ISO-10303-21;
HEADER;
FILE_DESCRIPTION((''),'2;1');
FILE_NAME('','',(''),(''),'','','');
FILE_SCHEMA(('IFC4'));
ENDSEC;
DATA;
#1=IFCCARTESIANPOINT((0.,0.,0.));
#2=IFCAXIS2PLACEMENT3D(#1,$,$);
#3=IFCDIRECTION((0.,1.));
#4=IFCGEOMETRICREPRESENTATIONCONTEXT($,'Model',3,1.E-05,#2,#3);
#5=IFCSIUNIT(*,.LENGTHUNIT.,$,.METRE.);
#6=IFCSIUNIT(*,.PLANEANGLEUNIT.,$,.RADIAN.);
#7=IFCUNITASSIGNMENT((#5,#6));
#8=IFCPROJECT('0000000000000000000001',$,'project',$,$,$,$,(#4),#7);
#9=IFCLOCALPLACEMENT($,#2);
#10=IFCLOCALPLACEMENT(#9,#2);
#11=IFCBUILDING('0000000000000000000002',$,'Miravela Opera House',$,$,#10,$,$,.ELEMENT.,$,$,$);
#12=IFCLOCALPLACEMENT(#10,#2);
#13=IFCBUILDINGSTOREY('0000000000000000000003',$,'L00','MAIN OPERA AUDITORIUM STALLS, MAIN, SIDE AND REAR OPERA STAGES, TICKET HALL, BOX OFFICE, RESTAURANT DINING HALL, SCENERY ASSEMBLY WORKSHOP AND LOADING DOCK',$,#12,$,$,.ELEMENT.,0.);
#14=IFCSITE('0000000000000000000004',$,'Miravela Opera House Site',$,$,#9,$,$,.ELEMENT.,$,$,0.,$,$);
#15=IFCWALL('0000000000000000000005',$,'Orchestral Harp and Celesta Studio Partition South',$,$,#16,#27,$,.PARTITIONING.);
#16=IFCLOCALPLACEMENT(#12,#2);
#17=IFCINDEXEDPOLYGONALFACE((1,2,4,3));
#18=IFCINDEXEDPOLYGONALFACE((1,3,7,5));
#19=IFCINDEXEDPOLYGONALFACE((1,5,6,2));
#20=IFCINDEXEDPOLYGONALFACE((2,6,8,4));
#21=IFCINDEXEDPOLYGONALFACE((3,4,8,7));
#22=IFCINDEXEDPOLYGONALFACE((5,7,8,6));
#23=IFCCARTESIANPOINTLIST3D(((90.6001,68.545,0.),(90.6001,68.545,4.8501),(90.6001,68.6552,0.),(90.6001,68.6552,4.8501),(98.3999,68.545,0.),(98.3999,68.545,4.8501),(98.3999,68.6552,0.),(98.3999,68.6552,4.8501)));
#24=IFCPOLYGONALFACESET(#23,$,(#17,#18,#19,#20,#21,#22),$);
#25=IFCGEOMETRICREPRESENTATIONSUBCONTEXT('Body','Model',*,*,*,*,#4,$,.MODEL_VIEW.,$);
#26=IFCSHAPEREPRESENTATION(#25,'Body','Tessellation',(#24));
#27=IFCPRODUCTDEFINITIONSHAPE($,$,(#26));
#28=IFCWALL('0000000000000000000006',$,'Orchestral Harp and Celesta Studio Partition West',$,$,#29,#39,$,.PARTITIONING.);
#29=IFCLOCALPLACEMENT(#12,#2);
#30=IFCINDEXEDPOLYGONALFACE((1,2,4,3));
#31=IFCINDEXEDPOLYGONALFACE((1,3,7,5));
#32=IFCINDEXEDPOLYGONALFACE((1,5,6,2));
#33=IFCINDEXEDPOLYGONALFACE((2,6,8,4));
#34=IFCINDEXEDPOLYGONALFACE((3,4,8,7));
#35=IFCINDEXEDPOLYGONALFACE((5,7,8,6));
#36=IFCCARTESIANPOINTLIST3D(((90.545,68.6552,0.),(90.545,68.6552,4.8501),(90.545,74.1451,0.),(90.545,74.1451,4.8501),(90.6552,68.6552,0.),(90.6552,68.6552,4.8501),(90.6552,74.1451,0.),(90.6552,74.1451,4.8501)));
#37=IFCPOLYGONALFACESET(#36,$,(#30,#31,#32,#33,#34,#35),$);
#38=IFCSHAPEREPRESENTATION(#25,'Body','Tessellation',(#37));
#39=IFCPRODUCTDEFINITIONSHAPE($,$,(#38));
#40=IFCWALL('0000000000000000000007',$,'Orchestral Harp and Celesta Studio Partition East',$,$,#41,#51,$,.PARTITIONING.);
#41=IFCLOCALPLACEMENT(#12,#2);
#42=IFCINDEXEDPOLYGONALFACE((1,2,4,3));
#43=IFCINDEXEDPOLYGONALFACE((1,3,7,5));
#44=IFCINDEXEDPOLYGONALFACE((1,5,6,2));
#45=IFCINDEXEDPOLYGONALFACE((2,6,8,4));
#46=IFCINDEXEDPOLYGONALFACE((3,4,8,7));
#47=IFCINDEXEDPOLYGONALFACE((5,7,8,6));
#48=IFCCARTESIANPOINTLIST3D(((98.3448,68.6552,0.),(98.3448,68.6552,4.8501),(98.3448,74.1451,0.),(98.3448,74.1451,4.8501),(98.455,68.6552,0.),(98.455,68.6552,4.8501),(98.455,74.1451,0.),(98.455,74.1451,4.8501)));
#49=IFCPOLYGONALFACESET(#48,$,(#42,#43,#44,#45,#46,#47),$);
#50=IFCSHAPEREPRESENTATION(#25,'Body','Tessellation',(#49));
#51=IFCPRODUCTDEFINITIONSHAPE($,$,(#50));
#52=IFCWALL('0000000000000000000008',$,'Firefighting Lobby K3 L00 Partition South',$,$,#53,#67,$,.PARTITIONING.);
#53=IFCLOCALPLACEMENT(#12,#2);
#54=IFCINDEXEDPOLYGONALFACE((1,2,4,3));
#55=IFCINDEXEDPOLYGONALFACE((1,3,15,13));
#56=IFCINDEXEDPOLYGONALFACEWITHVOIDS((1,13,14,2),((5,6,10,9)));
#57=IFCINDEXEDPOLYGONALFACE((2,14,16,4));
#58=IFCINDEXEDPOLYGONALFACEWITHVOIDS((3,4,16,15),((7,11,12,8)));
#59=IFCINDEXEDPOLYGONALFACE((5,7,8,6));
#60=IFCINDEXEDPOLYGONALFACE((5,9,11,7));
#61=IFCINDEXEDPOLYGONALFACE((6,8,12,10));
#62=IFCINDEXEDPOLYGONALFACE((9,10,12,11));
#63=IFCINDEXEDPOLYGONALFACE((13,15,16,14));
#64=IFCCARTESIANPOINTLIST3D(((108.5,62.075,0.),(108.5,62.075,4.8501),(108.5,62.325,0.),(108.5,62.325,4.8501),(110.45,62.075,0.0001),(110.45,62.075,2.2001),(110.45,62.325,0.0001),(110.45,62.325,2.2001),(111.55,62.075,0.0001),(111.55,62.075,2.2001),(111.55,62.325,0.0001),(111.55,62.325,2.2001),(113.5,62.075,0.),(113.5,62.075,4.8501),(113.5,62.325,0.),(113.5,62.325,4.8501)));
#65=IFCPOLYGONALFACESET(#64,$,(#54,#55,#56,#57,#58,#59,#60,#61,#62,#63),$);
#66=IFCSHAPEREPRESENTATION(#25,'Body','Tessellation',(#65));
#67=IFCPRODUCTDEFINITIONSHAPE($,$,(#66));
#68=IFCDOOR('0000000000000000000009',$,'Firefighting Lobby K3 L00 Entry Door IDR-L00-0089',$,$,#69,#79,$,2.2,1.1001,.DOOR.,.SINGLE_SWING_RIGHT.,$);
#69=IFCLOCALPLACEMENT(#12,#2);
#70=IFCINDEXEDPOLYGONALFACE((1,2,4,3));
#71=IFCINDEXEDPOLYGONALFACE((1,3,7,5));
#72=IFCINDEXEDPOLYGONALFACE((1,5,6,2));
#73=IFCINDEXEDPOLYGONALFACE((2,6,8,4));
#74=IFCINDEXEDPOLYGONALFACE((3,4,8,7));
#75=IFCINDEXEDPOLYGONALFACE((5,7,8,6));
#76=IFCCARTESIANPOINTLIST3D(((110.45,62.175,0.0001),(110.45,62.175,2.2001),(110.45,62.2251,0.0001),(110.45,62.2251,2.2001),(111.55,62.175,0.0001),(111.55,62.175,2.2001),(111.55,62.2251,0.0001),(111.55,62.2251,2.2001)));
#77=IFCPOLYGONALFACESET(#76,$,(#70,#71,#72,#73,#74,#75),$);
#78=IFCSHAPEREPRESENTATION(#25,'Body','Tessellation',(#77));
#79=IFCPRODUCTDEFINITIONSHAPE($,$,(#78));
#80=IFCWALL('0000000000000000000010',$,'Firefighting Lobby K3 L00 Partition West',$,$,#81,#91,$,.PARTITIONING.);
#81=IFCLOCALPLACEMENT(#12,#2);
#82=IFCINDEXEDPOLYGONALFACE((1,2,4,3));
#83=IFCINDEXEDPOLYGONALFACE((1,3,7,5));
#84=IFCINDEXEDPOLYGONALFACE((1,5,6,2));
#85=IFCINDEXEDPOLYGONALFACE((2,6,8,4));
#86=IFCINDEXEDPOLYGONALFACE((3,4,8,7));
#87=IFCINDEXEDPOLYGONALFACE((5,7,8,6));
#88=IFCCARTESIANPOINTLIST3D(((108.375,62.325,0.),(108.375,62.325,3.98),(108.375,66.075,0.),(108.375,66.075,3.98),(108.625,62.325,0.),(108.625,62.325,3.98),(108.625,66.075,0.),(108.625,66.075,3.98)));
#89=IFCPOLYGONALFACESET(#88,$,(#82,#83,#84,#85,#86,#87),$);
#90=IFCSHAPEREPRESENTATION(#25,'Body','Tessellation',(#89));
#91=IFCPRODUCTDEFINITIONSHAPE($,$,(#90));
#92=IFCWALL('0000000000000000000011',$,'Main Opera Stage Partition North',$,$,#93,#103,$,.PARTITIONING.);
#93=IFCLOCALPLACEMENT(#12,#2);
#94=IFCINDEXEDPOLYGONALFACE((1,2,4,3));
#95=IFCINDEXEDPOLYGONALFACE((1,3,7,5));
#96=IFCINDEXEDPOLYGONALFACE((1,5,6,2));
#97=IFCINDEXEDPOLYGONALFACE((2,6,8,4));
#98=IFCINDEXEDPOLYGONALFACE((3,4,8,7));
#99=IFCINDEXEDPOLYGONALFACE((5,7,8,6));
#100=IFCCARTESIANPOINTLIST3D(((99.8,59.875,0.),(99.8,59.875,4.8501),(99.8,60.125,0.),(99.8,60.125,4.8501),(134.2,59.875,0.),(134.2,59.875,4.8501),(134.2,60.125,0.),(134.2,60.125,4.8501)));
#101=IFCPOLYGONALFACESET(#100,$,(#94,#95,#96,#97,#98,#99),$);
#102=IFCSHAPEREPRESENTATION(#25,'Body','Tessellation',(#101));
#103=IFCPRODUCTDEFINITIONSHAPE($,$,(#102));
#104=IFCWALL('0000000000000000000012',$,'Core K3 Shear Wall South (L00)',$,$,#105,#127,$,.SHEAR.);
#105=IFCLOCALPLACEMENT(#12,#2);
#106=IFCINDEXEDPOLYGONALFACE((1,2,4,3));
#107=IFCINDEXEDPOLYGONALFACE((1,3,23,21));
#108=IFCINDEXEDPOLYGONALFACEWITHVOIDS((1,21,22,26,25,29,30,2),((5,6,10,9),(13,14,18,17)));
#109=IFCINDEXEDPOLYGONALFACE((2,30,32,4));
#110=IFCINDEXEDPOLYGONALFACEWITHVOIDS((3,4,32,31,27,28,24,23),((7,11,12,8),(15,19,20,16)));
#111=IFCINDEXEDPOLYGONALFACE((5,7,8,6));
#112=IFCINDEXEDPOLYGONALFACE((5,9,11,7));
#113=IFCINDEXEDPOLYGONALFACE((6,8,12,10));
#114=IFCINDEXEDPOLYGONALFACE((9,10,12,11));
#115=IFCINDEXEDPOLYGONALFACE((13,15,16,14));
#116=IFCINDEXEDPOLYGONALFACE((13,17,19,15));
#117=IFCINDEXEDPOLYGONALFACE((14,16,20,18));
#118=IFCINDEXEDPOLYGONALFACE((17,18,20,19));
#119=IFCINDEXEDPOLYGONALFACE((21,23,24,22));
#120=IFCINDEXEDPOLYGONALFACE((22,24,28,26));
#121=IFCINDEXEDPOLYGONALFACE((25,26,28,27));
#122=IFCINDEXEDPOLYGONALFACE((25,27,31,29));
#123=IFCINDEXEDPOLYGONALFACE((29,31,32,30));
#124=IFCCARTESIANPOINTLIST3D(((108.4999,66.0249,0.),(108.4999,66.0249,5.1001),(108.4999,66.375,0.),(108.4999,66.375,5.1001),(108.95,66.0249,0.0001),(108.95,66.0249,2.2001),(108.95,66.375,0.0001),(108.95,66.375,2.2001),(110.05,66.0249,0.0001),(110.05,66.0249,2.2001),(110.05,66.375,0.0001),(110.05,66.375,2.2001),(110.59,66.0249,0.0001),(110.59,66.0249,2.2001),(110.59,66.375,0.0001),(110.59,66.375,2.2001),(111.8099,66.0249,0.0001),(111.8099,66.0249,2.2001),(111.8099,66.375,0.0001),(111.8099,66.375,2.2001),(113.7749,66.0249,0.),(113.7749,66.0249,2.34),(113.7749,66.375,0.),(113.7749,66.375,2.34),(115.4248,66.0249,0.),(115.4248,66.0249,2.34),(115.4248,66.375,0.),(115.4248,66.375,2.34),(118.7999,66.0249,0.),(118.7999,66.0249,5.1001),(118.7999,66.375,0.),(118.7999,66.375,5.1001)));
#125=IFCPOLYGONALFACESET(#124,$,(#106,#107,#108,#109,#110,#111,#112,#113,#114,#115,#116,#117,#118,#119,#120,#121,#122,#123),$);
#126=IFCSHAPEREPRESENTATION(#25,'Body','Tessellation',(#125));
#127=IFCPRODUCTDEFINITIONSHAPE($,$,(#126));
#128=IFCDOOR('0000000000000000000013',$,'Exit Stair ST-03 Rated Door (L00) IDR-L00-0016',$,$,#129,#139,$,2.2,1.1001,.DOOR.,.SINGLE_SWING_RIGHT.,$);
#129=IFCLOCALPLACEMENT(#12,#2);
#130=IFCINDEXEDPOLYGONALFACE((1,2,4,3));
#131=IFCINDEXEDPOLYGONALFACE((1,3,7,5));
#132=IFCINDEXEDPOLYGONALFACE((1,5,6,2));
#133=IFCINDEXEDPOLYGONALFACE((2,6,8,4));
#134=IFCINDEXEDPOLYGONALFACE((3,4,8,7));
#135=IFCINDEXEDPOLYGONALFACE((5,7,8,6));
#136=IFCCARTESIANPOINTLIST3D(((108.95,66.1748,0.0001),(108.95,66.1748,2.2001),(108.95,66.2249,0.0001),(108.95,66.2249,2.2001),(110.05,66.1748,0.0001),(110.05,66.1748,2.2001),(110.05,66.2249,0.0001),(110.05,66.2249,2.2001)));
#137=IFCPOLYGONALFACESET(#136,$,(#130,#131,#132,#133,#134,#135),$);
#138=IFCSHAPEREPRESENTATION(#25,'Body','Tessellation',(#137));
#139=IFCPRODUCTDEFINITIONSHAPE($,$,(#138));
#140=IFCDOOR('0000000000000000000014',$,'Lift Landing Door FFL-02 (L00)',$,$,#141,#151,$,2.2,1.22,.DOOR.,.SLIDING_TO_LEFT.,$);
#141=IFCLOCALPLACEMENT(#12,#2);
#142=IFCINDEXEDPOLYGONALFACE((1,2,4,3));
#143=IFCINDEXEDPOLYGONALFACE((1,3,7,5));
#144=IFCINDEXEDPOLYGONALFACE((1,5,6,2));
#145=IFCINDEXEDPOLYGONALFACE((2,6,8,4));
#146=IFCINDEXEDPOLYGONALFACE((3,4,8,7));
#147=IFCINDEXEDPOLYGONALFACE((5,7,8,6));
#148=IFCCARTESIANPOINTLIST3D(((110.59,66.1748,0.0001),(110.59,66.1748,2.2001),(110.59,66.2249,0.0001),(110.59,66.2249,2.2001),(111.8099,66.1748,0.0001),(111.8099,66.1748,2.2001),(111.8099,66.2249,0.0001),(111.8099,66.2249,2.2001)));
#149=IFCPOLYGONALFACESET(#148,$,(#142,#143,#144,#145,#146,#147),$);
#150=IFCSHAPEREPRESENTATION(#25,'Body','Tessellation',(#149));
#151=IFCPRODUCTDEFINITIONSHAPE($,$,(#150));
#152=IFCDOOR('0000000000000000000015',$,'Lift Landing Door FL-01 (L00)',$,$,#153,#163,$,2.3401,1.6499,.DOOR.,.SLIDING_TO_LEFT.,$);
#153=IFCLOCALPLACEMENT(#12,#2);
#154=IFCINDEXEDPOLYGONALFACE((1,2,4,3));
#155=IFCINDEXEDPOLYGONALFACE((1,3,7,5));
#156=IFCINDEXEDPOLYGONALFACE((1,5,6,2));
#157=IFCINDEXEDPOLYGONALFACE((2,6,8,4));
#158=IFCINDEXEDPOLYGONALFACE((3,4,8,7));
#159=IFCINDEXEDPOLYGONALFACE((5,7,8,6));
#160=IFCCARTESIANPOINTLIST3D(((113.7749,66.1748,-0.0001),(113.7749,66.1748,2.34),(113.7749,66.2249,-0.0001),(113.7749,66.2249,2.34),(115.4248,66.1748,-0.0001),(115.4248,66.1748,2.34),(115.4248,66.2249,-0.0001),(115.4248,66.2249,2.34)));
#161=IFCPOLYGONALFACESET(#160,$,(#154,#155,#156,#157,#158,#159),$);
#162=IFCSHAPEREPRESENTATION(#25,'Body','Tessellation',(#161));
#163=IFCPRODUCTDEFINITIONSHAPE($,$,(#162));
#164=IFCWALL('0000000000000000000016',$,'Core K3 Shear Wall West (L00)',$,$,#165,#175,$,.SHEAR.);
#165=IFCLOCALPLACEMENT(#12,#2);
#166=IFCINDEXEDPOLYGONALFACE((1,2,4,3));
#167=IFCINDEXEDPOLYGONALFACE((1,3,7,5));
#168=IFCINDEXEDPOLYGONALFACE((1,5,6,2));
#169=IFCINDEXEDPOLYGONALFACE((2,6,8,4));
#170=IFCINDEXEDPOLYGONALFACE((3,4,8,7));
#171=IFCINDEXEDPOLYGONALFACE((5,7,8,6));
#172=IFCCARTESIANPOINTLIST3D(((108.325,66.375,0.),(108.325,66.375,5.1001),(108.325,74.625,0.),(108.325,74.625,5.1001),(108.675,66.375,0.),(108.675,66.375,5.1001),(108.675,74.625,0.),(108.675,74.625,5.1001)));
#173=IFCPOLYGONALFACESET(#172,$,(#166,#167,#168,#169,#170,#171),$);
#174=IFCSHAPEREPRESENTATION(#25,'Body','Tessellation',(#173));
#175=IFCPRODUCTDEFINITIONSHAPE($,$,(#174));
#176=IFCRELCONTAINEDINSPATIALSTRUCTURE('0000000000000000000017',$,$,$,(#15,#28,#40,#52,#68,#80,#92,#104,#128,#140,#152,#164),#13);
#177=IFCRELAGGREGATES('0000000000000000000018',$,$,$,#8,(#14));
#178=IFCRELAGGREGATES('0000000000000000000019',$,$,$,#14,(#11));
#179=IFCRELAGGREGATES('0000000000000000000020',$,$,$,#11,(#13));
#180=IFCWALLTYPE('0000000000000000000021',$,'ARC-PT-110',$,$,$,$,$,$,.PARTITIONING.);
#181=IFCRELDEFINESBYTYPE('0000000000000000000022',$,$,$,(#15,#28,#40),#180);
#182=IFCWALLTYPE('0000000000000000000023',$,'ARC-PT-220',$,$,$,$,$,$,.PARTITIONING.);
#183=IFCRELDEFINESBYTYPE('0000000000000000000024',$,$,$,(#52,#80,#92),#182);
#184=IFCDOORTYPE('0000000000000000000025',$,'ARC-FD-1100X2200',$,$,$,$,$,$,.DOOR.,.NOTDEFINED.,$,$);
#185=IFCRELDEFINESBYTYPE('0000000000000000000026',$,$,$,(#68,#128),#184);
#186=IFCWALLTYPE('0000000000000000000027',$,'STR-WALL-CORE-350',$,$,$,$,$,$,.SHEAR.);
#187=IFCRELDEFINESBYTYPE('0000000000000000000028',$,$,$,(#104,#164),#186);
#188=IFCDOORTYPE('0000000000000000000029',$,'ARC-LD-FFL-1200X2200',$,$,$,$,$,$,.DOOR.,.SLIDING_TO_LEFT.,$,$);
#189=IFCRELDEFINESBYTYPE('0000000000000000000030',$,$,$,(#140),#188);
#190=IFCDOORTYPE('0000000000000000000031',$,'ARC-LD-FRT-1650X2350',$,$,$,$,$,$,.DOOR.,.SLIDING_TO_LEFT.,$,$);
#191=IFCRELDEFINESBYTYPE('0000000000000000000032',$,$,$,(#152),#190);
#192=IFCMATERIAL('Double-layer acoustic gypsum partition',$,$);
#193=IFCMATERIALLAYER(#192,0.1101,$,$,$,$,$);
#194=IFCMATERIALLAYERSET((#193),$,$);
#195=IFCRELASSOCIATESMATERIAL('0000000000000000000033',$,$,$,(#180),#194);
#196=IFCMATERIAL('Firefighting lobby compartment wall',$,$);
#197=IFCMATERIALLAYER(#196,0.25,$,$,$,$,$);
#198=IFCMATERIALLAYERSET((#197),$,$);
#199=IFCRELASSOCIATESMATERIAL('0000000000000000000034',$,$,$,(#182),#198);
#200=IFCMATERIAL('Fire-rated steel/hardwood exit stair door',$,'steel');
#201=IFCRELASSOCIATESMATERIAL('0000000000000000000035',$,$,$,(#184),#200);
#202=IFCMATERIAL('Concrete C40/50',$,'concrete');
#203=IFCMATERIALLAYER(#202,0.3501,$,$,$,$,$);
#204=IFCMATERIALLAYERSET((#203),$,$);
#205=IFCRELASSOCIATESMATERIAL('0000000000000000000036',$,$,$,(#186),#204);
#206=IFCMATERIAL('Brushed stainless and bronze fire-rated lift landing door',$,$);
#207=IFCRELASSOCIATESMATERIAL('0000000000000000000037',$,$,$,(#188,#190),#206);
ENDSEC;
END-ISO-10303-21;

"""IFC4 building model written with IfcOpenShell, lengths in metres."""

from ifc_helpers import new_model, si_unit, direction, frame, frame_2d, origin, place, context, subcontext, project, spatial, rectangle, extrude, material, layer, layer_set, type_object, element, fill, save


model = new_model("IFC4")

# Units and contexts
model_context = context("Model", 3, precision=1e-05, world=origin(), true_north=direction((0.0, 1.0)))
body_context = subcontext(model_context, "Body", "Model", "MODEL_VIEW")
ifc_project = project(units=[si_unit("LENGTHUNIT", "METRE"), si_unit("PLANEANGLEUNIT", "RADIAN")], contexts=[model_context])

# Site, building, storey
site_placement = place(None, origin())
site = spatial("IfcSite", under=ifc_project, at=site_placement, Name="Miravela Opera House Site", CompositionType="ELEMENT", RefElevation=0.0)
building_placement = place(site_placement, origin())
building = spatial("IfcBuilding", under=site, at=building_placement, Name="Miravela Opera House", CompositionType="ELEMENT")
storey_placement = place(building_placement, origin())
storey = spatial("IfcBuildingStorey", under=building, at=storey_placement, Name="L00", Description="MAIN OPERA AUDITORIUM STALLS, MAIN, SIDE AND REAR OPERA STAGES, TICKET HALL, BOX OFFICE, RESTAURANT DINING HALL, SCENERY ASSEMBLY WORKSHOP AND LOADING DOCK", CompositionType="ELEMENT", Elevation=0.0)

# Shared definitions
ifc_material_1 = material(Name="Concrete C40/50", Category="concrete")

# Walls
ifc_material_2 = material(Name="Double-layer acoustic gypsum partition")
ifc_layer_1 = layer(ifc_material_2, 0.1101)
ifc_layer_set_1 = layer_set([ifc_layer_1])
wall_type_1 = type_object("IfcWallType", Name="ARC-PT-110", PredefinedType="PARTITIONING", material=ifc_layer_set_1)
wall_1_placement = place(storey_placement, frame((90.6001, 68.6001, 0.0), z_axis=(0.0, 0.0, 1.0), x_axis=(1.0, 0.0, 0.0)))
element("IfcWall", 1, at=wall_1_placement, inside=storey, type_object=wall_type_1, Name="Orchestral Harp and Celesta Studio Partition South", PredefinedType="PARTITIONING", context=body_context, shape_type="SweptSolid", body=[
    extrude(rectangle(XDim=7.7998, YDim=0.1101, at=frame_2d((3.8999, 0.0))), origin(), (0.0, 0.0, 1.0), 4.8501),
])
for number, where, z_axis, x_axis, name in (
    (2, (90.6001, 68.655, 0.0), (0.0, 0.0, 1.0), (0.0, 1.0, 0.0), "Orchestral Harp and Celesta Studio Partition West"),
    (3, (98.3999, 68.655, 0.0), (0.0, 0.0, 1.0), (0.0, 1.0, 0.0), "Orchestral Harp and Celesta Studio Partition East"),
):
    element("IfcWall", number, at=place(storey_placement, frame(where, z_axis=z_axis, x_axis=x_axis)), inside=storey, type_object=wall_type_1, Name=name, PredefinedType="PARTITIONING", context=body_context, shape_type="SweptSolid", body=[
        extrude(rectangle(XDim=5.49, YDim=0.1101, at=frame_2d((2.7451, 0.0))), origin(), (0.0, 0.0, 1.0), 4.8501),
    ])

# Wall, opening, door
ifc_material_3 = material(Name="Firefighting lobby compartment wall")
ifc_layer_2 = layer(ifc_material_3, 0.25)
ifc_layer_set_2 = layer_set([ifc_layer_2])
wall_type_2 = type_object("IfcWallType", Name="ARC-PT-220", PredefinedType="PARTITIONING", material=ifc_layer_set_2)
wall_2_placement = place(storey_placement, frame((108.5, 62.2, 0.0), z_axis=(0.0, 0.0, 1.0), x_axis=(1.0, 0.0, 0.0)))
wall_2 = element("IfcWall", 4, at=wall_2_placement, inside=storey, type_object=wall_type_2, Name="Firefighting Lobby K3 L00 Partition South", PredefinedType="PARTITIONING", context=body_context, shape_type="SweptSolid", body=[
    extrude(rectangle(XDim=5.0, YDim=0.25, at=frame_2d((2.5, 0.0))), origin(), (0.0, 0.0, 1.0), 4.8501),
])
opening_1_placement = place(wall_2_placement, frame((1.95, 0.0, 0.0)))
opening_1 = element("IfcOpeningElement", 5, at=opening_1_placement, cuts=wall_2, PredefinedType="OPENING", context=body_context, shape_type="SweptSolid", body=[
    extrude(rectangle(XDim=1.1001, YDim=2.2, at=frame_2d((0.55, 1.1001))), frame((0.0, 0.135, 0.0), z_axis=(0.0, -1.0, 0.0), x_axis=(1.0, 0.0, 0.0)), (0.0, 0.0, 1.0), 0.27),
])
ifc_material_4 = material(Name="Fire-rated steel/hardwood exit stair door", Category="steel")
door_type_1 = type_object("IfcDoorType", Name="ARC-FD-1100X2200", OperationType="NOTDEFINED", PredefinedType="DOOR", material=ifc_material_4)
door_1_placement = place(opening_1_placement, frame((1.1001, 0.0, 0.0), z_axis=(0.0, 0.0, 1.0), x_axis=(-1.0, 0.0, 0.0)))
door_1 = element("IfcDoor", 6, at=door_1_placement, inside=storey, type_object=door_type_1, Name="Firefighting Lobby K3 L00 Entry Door IDR-L00-0089", OperationType="SINGLE_SWING_RIGHT", OverallHeight=2.2, OverallWidth=1.1001, PredefinedType="DOOR", context=body_context, shape_type="SweptSolid", body=[
    extrude(rectangle(XDim=1.1001, YDim=2.2, at=frame_2d((0.55, 1.1001))), frame((0.0, 0.0249, 0.0), z_axis=(0.0, -1.0, 0.0), x_axis=(1.0, 0.0, 0.0)), (0.0, 0.0, 1.0), 0.05),
])
fill(opening_1, door_1)

# Walls
wall_3_placement = place(storey_placement, frame((108.5, 62.325, 0.0), z_axis=(0.0, 0.0, 1.0), x_axis=(0.0, 1.0, 0.0)))
element("IfcWall", 7, at=wall_3_placement, inside=storey, type_object=wall_type_2, Name="Firefighting Lobby K3 L00 Partition West", PredefinedType="PARTITIONING", context=body_context, shape_type="SweptSolid", body=[
    extrude(rectangle(XDim=3.75, YDim=0.25, at=frame_2d((1.875, 0.0))), origin(), (0.0, 0.0, 1.0), 3.98),
])
wall_4_placement = place(storey_placement, frame((99.8, 60.0, 0.0), z_axis=(0.0, 0.0, 1.0), x_axis=(1.0, 0.0, 0.0)))
element("IfcWall", 8, at=wall_4_placement, inside=storey, type_object=wall_type_2, Name="Main Opera Stage Partition North", PredefinedType="PARTITIONING", context=body_context, shape_type="SweptSolid", body=[
    extrude(rectangle(XDim=34.3999, YDim=0.25, at=frame_2d((17.2, 0.0))), origin(), (0.0, 0.0, 1.0), 4.8501),
])

# Wall, openings, doors
ifc_layer_3 = layer(ifc_material_1, 0.3501)
ifc_layer_set_3 = layer_set([ifc_layer_3])
wall_type_3 = type_object("IfcWallType", Name="STR-WALL-CORE-350", PredefinedType="SHEAR", material=ifc_layer_set_3)
wall_5_placement = place(storey_placement, frame((108.5, 66.2, 0.0), z_axis=(0.0, 0.0, 1.0), x_axis=(1.0, 0.0, 0.0)))
wall_5 = element("IfcWall", 9, at=wall_5_placement, inside=storey, type_object=wall_type_3, Name="Core K3 Shear Wall South (L00)", PredefinedType="SHEAR", context=body_context, shape_type="SweptSolid", body=[
    extrude(rectangle(XDim=10.3, YDim=0.3501, at=frame_2d((5.1499, 0.0))), origin(), (0.0, 0.0, 1.0), 5.1001),
])
opening_2_placement = place(wall_5_placement, frame((0.45, 0.0, 0.0)))
opening_2 = element("IfcOpeningElement", 10, at=opening_2_placement, cuts=wall_5, PredefinedType="OPENING", context=body_context, shape_type="SweptSolid", body=[
    extrude(rectangle(XDim=1.1001, YDim=2.2, at=frame_2d((0.55, 1.1001))), frame((0.0, 0.1851, 0.0), z_axis=(0.0, -1.0, 0.0), x_axis=(1.0, 0.0, 0.0)), (0.0, 0.0, 1.0), 0.3701),
])
opening_3_placement = place(wall_5_placement, frame((2.0901, 0.0, 0.0)))
opening_3 = element("IfcOpeningElement", 11, at=opening_3_placement, cuts=wall_5, PredefinedType="OPENING", context=body_context, shape_type="SweptSolid", body=[
    extrude(rectangle(XDim=1.22, YDim=2.2, at=frame_2d((0.6099, 1.1001))), frame((0.0, 0.1851, 0.0), z_axis=(0.0, -1.0, 0.0), x_axis=(1.0, 0.0, 0.0)), (0.0, 0.0, 1.0), 0.3701),
])
opening_4_placement = place(wall_5_placement, frame((5.2749, 0.0, 0.0)))
opening_4 = element("IfcOpeningElement", 12, at=opening_4_placement, cuts=wall_5, PredefinedType="OPENING", context=body_context, shape_type="SweptSolid", body=[
    extrude(rectangle(XDim=1.6499, YDim=2.3401, at=frame_2d((0.825, 1.1699))), frame((0.0, 0.1851, 0.0), z_axis=(0.0, -1.0, 0.0), x_axis=(1.0, 0.0, 0.0)), (0.0, 0.0, 1.0), 0.3701),
])
door_2_placement = place(opening_2_placement, origin())
door_2 = element("IfcDoor", 13, at=door_2_placement, inside=storey, type_object=door_type_1, Name="Exit Stair ST-03 Rated Door (L00) IDR-L00-0016", OperationType="SINGLE_SWING_RIGHT", OverallHeight=2.2, OverallWidth=1.1001, PredefinedType="DOOR", context=body_context, shape_type="SweptSolid", body=[
    extrude(rectangle(XDim=1.1001, YDim=2.2, at=frame_2d((0.55, 1.1001))), frame((0.0, 0.0249, 0.0), z_axis=(0.0, -1.0, 0.0), x_axis=(1.0, 0.0, 0.0)), (0.0, 0.0, 1.0), 0.05),
])
fill(opening_2, door_2)
ifc_material_5 = material(Name="Brushed stainless and bronze fire-rated lift landing door")
door_type_2 = type_object("IfcDoorType", Name="ARC-LD-FFL-1200X2200", OperationType="SLIDING_TO_LEFT", PredefinedType="DOOR", material=ifc_material_5)
door_3_placement = place(opening_3_placement, origin())
door_3 = element("IfcDoor", 14, at=door_3_placement, inside=storey, type_object=door_type_2, Name="Lift Landing Door FFL-02 (L00)", OperationType="SLIDING_TO_LEFT", OverallHeight=2.2, OverallWidth=1.22, PredefinedType="DOOR", context=body_context, shape_type="SweptSolid", body=[
    extrude(rectangle(XDim=1.22, YDim=2.2, at=frame_2d((0.6099, 1.1001))), frame((0.0, 0.0249, 0.0), z_axis=(0.0, -1.0, 0.0), x_axis=(1.0, 0.0, 0.0)), (0.0, 0.0, 1.0), 0.05),
])
fill(opening_3, door_3)
door_type_3 = type_object("IfcDoorType", Name="ARC-LD-FRT-1650X2350", OperationType="SLIDING_TO_LEFT", PredefinedType="DOOR", material=ifc_material_5)
door_4_placement = place(opening_4_placement, origin())
door_4 = element("IfcDoor", 15, at=door_4_placement, inside=storey, type_object=door_type_3, Name="Lift Landing Door FL-01 (L00)", OperationType="SLIDING_TO_LEFT", OverallHeight=2.3401, OverallWidth=1.6499, PredefinedType="DOOR", context=body_context, shape_type="SweptSolid", body=[
    extrude(rectangle(XDim=1.6499, YDim=2.3401, at=frame_2d((0.825, 1.1699))), frame((0.0, 0.0249, 0.0), z_axis=(0.0, -1.0, 0.0), x_axis=(1.0, 0.0, 0.0)), (0.0, 0.0, 1.0), 0.05),
])
fill(opening_4, door_4)

# Wall
wall_6_placement = place(storey_placement, frame((108.5, 66.375, 0.0), z_axis=(0.0, 0.0, 1.0), x_axis=(0.0, 1.0, 0.0)))
element("IfcWall", 16, at=wall_6_placement, inside=storey, type_object=wall_type_3, Name="Core K3 Shear Wall West (L00)", PredefinedType="SHEAR", context=body_context, shape_type="SweptSolid", body=[
    extrude(rectangle(XDim=8.25, YDim=0.3501, at=frame_2d((4.125, 0.0))), origin(), (0.0, 0.0, 1.0), 5.1001),
])

save(model, "model.ifc")
